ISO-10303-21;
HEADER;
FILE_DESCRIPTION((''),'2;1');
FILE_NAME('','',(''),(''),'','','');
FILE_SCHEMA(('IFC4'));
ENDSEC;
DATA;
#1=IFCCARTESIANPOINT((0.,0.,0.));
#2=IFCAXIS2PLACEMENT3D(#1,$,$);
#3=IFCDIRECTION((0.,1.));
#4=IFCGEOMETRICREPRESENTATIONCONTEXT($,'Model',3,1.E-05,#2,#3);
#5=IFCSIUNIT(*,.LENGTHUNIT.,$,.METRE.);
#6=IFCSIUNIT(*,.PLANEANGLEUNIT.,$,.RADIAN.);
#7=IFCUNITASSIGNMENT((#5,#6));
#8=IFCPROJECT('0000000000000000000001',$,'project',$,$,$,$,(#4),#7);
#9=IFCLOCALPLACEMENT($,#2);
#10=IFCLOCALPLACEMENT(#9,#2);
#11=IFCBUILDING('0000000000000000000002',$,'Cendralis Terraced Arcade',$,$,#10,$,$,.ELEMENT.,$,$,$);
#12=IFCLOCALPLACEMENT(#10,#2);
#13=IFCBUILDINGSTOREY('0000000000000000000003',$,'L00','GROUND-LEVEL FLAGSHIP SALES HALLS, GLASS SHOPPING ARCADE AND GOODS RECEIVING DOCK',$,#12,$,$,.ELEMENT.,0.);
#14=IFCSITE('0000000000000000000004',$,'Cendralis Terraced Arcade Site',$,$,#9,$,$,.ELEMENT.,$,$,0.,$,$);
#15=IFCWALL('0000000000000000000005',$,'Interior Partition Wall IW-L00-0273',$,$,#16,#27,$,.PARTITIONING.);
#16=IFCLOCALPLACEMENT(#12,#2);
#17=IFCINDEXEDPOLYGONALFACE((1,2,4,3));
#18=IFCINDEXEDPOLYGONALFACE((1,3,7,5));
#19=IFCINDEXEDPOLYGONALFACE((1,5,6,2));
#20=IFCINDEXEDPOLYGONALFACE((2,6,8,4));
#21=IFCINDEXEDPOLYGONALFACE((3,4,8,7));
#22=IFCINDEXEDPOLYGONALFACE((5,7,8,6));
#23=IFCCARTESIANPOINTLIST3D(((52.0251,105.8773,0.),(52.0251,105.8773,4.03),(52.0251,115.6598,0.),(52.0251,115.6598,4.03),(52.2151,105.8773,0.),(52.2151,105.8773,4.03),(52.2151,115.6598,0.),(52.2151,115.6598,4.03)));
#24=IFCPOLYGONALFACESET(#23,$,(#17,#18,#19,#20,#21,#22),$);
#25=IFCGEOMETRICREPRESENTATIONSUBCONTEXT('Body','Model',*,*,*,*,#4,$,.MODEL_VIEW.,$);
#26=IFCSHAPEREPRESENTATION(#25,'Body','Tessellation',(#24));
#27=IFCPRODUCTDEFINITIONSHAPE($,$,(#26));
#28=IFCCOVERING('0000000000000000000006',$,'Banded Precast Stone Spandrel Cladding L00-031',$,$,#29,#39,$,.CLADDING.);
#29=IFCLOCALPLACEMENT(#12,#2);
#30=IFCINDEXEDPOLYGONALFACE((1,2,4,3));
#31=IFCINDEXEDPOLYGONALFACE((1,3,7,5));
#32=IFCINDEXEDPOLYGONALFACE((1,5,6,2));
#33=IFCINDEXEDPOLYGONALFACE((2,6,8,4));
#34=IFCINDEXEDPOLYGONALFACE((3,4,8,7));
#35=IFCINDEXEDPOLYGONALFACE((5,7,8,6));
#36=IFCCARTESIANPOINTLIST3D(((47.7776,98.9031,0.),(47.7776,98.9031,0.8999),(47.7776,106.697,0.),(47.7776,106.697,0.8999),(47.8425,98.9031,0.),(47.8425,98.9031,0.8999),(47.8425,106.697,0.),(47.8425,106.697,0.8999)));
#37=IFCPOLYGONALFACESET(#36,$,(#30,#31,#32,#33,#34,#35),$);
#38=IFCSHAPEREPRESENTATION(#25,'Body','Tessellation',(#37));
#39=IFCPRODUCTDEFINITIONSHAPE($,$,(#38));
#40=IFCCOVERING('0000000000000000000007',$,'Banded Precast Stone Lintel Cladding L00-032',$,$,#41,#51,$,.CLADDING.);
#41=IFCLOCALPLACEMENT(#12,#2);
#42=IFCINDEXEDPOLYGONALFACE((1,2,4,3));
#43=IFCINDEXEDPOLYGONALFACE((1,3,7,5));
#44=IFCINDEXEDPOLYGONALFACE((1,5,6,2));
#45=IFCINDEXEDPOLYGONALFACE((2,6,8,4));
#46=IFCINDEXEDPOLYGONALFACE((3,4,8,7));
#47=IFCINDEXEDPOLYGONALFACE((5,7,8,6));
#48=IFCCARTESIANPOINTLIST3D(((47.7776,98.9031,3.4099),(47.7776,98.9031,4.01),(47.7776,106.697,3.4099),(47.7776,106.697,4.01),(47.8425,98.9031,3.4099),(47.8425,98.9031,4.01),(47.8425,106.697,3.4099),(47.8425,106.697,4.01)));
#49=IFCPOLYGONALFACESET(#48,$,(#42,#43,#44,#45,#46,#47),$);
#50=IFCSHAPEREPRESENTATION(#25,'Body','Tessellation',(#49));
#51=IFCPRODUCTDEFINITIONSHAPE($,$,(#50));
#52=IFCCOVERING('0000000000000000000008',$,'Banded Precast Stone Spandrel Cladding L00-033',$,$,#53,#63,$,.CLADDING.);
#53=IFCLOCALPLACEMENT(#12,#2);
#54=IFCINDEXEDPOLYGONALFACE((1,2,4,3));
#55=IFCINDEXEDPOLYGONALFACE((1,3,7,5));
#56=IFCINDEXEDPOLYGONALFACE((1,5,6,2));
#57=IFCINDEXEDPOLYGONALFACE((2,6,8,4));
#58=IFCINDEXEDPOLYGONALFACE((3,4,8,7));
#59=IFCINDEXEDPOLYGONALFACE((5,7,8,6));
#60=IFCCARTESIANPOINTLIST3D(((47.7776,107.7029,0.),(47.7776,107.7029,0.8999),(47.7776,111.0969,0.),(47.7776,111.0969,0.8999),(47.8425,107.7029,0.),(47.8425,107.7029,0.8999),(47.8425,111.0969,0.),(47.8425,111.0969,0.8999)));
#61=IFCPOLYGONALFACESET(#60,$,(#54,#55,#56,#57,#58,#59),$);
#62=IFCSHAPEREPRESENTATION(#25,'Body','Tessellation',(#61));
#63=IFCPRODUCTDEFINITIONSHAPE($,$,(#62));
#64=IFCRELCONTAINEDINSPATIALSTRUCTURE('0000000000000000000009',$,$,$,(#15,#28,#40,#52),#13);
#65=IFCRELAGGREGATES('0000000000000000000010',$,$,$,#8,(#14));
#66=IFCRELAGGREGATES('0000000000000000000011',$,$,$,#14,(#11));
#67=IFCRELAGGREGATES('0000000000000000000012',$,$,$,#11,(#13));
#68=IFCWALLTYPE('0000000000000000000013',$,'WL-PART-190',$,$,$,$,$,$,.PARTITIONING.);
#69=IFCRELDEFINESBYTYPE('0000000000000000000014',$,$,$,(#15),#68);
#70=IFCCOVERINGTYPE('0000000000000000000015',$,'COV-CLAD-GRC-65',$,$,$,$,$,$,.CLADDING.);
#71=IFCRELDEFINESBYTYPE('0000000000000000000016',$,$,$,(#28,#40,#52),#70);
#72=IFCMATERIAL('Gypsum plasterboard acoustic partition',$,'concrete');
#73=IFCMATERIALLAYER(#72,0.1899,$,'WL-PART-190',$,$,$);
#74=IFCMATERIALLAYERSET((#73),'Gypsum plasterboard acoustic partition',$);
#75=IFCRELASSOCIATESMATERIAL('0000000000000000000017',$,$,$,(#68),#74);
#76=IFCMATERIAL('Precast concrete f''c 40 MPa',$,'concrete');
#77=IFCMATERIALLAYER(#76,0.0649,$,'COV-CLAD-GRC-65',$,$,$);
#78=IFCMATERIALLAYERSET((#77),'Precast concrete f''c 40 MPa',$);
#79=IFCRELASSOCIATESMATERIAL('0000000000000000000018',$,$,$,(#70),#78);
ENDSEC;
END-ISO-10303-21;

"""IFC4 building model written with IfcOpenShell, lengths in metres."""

from ifc_helpers import new_model, si_unit, direction, frame, frame_2d, origin, origin_2d, place, context, subcontext, project, spatial, rectangle, extrude, material, layer, layer_set, type_object, element, save


model = new_model("IFC4")

# Units and contexts
model_context = context("Model", 3, precision=1e-05, world=origin(), true_north=direction((0.0, 1.0)))
body_context = subcontext(model_context, "Body", "Model", "MODEL_VIEW")
ifc_project = project(units=[si_unit("LENGTHUNIT", "METRE"), si_unit("PLANEANGLEUNIT", "RADIAN")], contexts=[model_context])

# Site, building, storey
site_placement = place(None, origin())
site = spatial("IfcSite", under=ifc_project, at=site_placement, Name="Cendralis Terraced Arcade Site", CompositionType="ELEMENT", RefElevation=0.0)
building_placement = place(site_placement, origin())
building = spatial("IfcBuilding", under=site, at=building_placement, Name="Cendralis Terraced Arcade", CompositionType="ELEMENT")
storey_placement = place(building_placement, origin())
storey = spatial("IfcBuildingStorey", under=building, at=storey_placement, Name="L00", Description="GROUND-LEVEL FLAGSHIP SALES HALLS, GLASS SHOPPING ARCADE AND GOODS RECEIVING DOCK", CompositionType="ELEMENT", Elevation=0.0)

# Shared definitions
ifc_material_1 = material(Name="Precast concrete f'c 40 MPa", Category="concrete")

# Shared definitions
ifc_material_2 = material(Name="Gypsum plasterboard acoustic partition", Category="concrete")

# Wall
ifc_layer_1 = layer(ifc_material_2, 0.1899, Name="WL-PART-190")
ifc_layer_set_1 = layer_set([ifc_layer_1], Name="Gypsum plasterboard acoustic partition")
wall_type_1 = type_object("IfcWallType", Name="WL-PART-190", PredefinedType="PARTITIONING", material=ifc_layer_set_1)
wall_1_placement = place(storey_placement, frame((52.1201, 105.8774, 0.0), z_axis=(0.0, 0.0, 1.0), x_axis=(0.0, 1.0, 0.0)))
element("IfcWall", 1, at=wall_1_placement, inside=storey, type_object=wall_type_1, Name="Interior Partition Wall IW-L00-0273", PredefinedType="PARTITIONING", context=body_context, shape_type="SweptSolid", body=[
    extrude(rectangle(XDim=9.7825, YDim=0.1899, at=frame_2d((4.8911, 0.0))), origin(), (0.0, 0.0, 1.0), 4.03),
])

# Coverings
ifc_layer_2 = layer(ifc_material_1, 0.0649, Name="COV-CLAD-GRC-65")
ifc_layer_set_2 = layer_set([ifc_layer_2], Name="Precast concrete f'c 40 MPa")
covering_type = type_object("IfcCoveringType", Name="COV-CLAD-GRC-65", PredefinedType="CLADDING", material=ifc_layer_set_2)
covering_1_placement = place(storey_placement, frame((47.8101, 102.8, 0.0), z_axis=(0.0, 0.0, 1.0), x_axis=(0.0, 1.0, 0.0)))
element("IfcCovering", 2, at=covering_1_placement, inside=storey, type_object=covering_type, Name="Banded Precast Stone Spandrel Cladding L00-031", PredefinedType="CLADDING", context=body_context, shape_type="SweptSolid", body=[
    extrude(rectangle(XDim=7.7939, YDim=0.0649, at=origin_2d()), origin(), (0.0, 0.0, 1.0), 0.8999),
])
covering_2_placement = place(storey_placement, frame((47.8101, 102.8, 3.4099), z_axis=(0.0, 0.0, 1.0), x_axis=(0.0, 1.0, 0.0)))
element("IfcCovering", 3, at=covering_2_placement, inside=storey, type_object=covering_type, Name="Banded Precast Stone Lintel Cladding L00-032", PredefinedType="CLADDING", context=body_context, shape_type="SweptSolid", body=[
    extrude(rectangle(XDim=7.7939, YDim=0.0649, at=origin_2d()), origin(), (0.0, 0.0, 1.0), 0.6001),
])
covering_3_placement = place(storey_placement, frame((47.8101, 109.3999, 0.0), z_axis=(0.0, 0.0, 1.0), x_axis=(0.0, 1.0, 0.0)))
element("IfcCovering", 4, at=covering_3_placement, inside=storey, type_object=covering_type, Name="Banded Precast Stone Spandrel Cladding L00-033", PredefinedType="CLADDING", context=body_context, shape_type="SweptSolid", body=[
    extrude(rectangle(XDim=3.394, YDim=0.0649, at=origin_2d()), origin(), (0.0, 0.0, 1.0), 0.8999),
])

save(model, "model.ifc")
